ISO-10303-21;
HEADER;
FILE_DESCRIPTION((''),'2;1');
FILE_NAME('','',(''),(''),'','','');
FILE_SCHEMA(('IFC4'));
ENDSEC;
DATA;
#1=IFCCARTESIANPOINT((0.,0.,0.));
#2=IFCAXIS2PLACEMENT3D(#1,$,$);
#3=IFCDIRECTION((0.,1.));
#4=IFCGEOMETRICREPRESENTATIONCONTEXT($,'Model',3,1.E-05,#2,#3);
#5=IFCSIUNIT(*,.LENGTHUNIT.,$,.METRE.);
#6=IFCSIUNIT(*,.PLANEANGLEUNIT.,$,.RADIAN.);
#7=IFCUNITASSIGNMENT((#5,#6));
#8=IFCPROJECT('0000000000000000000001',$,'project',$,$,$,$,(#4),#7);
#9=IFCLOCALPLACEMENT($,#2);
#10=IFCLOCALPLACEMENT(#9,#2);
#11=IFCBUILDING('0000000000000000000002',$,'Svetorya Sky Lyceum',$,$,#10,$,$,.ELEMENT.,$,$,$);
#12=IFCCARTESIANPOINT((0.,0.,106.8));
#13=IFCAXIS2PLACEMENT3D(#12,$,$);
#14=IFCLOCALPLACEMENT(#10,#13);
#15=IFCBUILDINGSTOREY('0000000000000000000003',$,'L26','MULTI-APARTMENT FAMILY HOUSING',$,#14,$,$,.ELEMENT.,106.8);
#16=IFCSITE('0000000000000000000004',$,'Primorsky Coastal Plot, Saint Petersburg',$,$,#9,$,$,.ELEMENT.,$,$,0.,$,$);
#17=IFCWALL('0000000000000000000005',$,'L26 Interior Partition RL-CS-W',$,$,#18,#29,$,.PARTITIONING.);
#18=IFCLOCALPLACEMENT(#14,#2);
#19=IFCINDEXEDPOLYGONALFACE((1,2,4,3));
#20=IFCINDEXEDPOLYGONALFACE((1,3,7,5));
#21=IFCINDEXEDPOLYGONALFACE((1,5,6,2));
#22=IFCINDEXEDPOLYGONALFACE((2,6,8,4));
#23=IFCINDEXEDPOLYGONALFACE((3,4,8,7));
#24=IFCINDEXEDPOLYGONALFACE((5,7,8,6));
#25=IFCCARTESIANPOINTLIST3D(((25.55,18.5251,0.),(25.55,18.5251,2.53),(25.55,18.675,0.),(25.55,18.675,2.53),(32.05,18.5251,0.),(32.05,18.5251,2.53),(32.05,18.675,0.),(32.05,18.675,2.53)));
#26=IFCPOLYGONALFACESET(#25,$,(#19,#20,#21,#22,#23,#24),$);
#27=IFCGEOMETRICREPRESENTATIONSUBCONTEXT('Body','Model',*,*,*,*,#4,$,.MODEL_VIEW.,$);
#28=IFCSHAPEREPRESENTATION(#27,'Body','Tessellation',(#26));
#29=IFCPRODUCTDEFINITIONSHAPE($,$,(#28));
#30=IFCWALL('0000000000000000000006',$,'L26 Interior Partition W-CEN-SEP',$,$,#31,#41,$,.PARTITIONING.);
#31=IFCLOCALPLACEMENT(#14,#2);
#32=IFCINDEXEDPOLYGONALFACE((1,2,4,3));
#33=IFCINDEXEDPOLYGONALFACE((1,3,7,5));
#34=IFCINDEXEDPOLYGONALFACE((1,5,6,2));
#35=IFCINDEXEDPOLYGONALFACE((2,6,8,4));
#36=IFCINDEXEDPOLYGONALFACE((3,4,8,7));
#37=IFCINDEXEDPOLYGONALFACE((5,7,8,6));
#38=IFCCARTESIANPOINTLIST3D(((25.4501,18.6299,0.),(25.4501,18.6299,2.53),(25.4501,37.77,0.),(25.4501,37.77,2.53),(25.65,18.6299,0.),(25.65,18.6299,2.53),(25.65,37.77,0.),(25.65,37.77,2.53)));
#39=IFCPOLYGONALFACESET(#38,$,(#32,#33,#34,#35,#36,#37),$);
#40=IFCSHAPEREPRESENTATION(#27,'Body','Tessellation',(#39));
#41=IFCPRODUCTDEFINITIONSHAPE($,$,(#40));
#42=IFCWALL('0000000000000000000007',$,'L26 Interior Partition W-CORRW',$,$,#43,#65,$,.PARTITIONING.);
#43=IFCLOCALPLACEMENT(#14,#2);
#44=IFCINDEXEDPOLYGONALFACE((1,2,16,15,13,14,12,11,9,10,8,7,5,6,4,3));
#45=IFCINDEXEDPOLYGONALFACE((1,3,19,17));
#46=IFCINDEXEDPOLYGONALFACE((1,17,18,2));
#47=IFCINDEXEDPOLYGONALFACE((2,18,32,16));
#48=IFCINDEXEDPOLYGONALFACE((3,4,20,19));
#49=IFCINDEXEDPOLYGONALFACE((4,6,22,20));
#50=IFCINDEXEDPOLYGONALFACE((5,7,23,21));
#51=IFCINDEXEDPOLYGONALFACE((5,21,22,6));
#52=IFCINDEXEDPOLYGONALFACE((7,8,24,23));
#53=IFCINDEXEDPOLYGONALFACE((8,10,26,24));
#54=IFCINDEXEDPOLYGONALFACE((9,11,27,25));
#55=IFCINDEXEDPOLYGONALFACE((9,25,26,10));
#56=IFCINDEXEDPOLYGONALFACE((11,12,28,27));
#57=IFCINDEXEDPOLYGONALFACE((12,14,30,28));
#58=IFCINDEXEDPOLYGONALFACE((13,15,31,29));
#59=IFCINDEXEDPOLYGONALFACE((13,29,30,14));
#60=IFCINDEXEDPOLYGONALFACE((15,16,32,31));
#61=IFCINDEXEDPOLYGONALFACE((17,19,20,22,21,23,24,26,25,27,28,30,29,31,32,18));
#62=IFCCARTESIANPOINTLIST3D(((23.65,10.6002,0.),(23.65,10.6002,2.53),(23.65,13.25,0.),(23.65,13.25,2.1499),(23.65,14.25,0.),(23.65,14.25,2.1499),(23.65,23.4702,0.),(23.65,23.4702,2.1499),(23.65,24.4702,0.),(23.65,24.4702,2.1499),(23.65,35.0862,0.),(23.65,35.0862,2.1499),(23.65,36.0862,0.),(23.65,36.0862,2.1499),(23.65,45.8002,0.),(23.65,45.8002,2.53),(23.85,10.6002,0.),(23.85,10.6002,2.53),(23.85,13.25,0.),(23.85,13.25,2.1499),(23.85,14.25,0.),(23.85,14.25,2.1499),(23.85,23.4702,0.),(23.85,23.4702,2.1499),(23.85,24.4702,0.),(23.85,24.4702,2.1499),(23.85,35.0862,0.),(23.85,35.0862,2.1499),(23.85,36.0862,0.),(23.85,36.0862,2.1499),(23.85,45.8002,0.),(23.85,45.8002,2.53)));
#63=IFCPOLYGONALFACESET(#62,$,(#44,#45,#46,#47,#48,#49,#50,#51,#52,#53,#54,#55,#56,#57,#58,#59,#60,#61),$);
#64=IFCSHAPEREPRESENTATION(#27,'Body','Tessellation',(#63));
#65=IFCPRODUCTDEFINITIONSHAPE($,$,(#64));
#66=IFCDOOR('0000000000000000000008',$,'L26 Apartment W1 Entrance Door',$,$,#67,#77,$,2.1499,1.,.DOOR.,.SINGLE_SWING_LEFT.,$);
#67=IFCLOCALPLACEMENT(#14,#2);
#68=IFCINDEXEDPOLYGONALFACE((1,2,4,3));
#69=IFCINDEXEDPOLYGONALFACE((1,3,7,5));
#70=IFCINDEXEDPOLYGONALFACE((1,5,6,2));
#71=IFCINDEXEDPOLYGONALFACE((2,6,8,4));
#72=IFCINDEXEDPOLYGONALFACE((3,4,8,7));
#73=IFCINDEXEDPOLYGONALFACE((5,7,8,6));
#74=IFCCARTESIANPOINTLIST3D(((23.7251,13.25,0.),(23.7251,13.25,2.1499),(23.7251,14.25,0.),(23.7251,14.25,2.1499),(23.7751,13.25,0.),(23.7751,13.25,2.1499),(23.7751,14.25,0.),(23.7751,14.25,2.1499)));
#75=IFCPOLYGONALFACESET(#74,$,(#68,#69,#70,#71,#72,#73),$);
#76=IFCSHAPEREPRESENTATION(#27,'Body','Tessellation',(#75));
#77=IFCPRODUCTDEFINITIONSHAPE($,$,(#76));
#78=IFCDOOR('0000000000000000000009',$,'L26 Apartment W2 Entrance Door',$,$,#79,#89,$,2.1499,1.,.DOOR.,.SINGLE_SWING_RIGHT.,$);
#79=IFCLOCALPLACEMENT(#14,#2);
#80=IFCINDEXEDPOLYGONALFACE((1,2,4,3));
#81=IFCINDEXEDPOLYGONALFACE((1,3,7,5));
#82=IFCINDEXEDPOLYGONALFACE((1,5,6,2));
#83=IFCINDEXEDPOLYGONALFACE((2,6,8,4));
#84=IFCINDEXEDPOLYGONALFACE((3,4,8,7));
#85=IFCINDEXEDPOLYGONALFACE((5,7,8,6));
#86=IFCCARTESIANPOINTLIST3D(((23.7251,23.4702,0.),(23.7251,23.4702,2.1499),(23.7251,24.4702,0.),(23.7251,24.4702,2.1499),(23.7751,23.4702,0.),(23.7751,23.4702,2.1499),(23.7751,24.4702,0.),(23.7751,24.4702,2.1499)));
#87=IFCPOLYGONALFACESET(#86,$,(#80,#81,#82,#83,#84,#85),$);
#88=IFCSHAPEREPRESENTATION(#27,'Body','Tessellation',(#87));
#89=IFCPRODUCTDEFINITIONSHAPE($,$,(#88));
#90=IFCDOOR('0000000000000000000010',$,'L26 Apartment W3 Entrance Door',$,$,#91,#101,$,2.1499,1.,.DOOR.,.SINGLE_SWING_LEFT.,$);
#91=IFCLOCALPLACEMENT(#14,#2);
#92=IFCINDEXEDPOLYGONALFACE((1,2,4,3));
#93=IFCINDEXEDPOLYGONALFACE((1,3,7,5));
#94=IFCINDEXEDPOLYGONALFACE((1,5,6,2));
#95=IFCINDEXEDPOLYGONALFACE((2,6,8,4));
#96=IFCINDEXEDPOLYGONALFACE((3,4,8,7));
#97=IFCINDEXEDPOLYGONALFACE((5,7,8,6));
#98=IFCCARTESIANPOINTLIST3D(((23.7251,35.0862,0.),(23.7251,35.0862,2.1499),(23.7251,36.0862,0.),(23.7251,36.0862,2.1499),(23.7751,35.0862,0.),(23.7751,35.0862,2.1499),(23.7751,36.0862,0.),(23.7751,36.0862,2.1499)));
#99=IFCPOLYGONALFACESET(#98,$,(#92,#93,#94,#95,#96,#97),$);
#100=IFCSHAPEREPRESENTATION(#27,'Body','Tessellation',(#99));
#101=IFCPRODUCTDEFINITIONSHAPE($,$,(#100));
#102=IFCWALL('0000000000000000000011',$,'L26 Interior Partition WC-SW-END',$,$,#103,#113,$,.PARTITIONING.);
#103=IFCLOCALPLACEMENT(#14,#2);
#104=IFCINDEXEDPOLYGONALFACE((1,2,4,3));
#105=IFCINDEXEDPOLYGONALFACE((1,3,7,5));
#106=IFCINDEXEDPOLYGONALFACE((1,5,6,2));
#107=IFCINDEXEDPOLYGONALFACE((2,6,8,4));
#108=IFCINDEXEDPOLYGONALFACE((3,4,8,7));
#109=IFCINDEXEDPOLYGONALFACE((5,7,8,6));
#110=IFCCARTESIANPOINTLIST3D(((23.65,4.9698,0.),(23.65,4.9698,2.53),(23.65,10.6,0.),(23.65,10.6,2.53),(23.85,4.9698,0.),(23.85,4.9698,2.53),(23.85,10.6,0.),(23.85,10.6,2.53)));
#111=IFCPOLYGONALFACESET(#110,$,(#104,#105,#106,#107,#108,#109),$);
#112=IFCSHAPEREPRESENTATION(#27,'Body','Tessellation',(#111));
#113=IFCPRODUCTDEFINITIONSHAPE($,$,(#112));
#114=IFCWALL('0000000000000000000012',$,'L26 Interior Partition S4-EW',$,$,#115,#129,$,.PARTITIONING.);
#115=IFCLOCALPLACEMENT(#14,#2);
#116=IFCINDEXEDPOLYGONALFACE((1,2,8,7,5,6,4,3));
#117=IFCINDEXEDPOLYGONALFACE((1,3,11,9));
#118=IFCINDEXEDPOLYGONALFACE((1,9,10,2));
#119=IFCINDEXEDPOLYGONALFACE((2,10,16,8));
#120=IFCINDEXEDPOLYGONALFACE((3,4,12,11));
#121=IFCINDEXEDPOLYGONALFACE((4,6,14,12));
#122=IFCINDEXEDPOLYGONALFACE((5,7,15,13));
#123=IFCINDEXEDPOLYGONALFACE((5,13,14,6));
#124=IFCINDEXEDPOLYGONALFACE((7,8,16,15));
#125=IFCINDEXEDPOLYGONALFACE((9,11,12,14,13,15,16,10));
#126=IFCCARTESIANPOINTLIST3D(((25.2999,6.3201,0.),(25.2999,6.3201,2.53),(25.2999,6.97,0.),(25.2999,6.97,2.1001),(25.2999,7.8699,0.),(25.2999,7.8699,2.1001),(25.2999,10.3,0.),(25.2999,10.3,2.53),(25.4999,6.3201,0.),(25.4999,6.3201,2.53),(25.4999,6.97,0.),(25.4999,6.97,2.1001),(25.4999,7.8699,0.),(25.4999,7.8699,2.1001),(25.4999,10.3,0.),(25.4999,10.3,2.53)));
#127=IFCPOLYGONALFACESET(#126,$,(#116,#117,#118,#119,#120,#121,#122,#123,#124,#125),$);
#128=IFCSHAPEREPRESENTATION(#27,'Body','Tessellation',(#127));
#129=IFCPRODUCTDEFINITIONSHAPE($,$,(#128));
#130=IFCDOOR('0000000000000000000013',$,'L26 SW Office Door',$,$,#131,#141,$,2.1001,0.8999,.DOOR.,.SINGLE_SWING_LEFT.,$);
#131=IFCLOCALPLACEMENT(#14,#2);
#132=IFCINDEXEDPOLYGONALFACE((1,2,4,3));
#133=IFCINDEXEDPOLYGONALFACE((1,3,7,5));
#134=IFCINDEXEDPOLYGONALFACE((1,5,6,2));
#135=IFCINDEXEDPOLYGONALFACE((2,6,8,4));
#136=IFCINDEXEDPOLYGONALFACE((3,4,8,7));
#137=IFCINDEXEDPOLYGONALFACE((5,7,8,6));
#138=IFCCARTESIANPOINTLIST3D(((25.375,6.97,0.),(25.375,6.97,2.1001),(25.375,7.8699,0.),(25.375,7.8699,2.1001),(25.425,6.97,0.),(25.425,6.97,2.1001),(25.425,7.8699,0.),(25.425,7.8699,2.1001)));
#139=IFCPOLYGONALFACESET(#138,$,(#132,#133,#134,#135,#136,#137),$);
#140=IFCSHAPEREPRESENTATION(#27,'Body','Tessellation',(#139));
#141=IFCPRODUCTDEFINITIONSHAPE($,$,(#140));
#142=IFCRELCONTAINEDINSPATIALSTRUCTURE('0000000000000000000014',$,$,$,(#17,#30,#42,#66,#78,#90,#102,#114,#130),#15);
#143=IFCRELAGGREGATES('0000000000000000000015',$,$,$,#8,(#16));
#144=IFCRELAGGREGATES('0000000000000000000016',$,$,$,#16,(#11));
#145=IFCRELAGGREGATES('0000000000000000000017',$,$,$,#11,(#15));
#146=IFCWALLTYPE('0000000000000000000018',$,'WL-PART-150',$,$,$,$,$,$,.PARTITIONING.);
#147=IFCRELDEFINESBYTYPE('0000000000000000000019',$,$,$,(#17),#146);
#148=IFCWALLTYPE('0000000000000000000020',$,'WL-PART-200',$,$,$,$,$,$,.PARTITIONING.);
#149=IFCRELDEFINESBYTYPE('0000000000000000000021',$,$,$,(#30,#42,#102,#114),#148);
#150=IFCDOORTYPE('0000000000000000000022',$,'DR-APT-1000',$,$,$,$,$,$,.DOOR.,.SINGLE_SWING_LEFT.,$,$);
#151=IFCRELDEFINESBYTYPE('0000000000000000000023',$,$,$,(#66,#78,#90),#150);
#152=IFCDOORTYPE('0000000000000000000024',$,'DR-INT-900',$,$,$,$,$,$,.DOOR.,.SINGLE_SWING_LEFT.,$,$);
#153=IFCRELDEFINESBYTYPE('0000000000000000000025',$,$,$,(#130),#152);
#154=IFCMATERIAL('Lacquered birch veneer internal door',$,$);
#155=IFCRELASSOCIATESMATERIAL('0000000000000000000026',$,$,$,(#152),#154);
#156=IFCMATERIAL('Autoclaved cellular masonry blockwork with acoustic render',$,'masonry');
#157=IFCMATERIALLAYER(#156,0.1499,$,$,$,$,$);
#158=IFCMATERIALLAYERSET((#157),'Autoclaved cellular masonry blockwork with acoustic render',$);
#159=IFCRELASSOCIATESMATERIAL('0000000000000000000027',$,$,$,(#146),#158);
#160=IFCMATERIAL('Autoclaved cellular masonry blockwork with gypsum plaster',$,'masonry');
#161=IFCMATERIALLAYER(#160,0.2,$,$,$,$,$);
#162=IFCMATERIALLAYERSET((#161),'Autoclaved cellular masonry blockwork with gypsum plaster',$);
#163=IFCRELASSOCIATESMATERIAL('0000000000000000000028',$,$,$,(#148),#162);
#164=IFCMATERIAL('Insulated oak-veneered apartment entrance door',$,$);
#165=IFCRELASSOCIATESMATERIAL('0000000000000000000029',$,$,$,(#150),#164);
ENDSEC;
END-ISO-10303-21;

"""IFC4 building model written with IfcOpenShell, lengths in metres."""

from ifc_helpers import new_model, si_unit, direction, frame, frame_2d, origin, place, context, subcontext, project, spatial, rectangle, extrude, material, layer, layer_set, type_object, element, fill, save


model = new_model("IFC4")

# Units and contexts
model_context = context("Model", 3, precision=1e-05, world=origin(), true_north=direction((0.0, 1.0)))
body_context = subcontext(model_context, "Body", "Model", "MODEL_VIEW")
ifc_project = project(units=[si_unit("LENGTHUNIT", "METRE"), si_unit("PLANEANGLEUNIT", "RADIAN")], contexts=[model_context])

# Site, building, storey
site_placement = place(None, origin())
site = spatial("IfcSite", under=ifc_project, at=site_placement, Name="Primorsky Coastal Plot, Saint Petersburg", CompositionType="ELEMENT", RefElevation=0.0)
building_placement = place(site_placement, origin())
building = spatial("IfcBuilding", under=site, at=building_placement, Name="Svetorya Sky Lyceum", CompositionType="ELEMENT")
storey_placement = place(building_placement, frame((0.0, 0.0, 106.8)))
storey = spatial("IfcBuildingStorey", under=building, at=storey_placement, Name="L26", Description="MULTI-APARTMENT FAMILY HOUSING", CompositionType="ELEMENT", Elevation=106.8)

# Shared definitions
ifc_material_1 = material(Name="Lacquered birch veneer internal door")
door_type_1 = type_object("IfcDoorType", Name="DR-INT-900", OperationType="SINGLE_SWING_LEFT", PredefinedType="DOOR", material=ifc_material_1)

# Walls
ifc_material_2 = material(Name="Autoclaved cellular masonry blockwork with acoustic render", Category="masonry")
ifc_layer_1 = layer(ifc_material_2, 0.1499)
ifc_layer_set_1 = layer_set([ifc_layer_1], Name="Autoclaved cellular masonry blockwork with acoustic render")
wall_type_1 = type_object("IfcWallType", Name="WL-PART-150", PredefinedType="PARTITIONING", material=ifc_layer_set_1)
wall_1_placement = place(storey_placement, frame((25.55, 18.6001, 0.0), z_axis=(0.0, 0.0, 1.0), x_axis=(1.0, 0.0, 0.0)))
element("IfcWall", 1, at=wall_1_placement, inside=storey, type_object=wall_type_1, Name="L26 Interior Partition RL-CS-W", PredefinedType="PARTITIONING", context=body_context, shape_type="SweptSolid", body=[
    extrude(rectangle(XDim=6.5, YDim=0.1499, at=frame_2d((3.25, 0.0))), origin(), (0.0, 0.0, 1.0), 2.53),
])
ifc_material_3 = material(Name="Autoclaved cellular masonry blockwork with gypsum plaster", Category="masonry")
ifc_layer_2 = layer(ifc_material_3, 0.2)
ifc_layer_set_2 = layer_set([ifc_layer_2], Name="Autoclaved cellular masonry blockwork with gypsum plaster")
wall_type_2 = type_object("IfcWallType", Name="WL-PART-200", PredefinedType="PARTITIONING", material=ifc_layer_set_2)
wall_2_placement = place(storey_placement, frame((25.55, 18.6299, 0.0), z_axis=(0.0, 0.0, 1.0), x_axis=(0.0, 1.0, 0.0)))
element("IfcWall", 2, at=wall_2_placement, inside=storey, type_object=wall_type_2, Name="L26 Interior Partition W-CEN-SEP", PredefinedType="PARTITIONING", context=body_context, shape_type="SweptSolid", body=[
    extrude(rectangle(XDim=19.1401, YDim=0.2, at=frame_2d((9.5701, 0.0))), origin(), (0.0, 0.0, 1.0), 2.53),
])

# Wall, openings, doors
wall_3_placement = place(storey_placement, frame((23.75, 10.6001, 0.0), z_axis=(0.0, 0.0, 1.0), x_axis=(0.0, 1.0, 0.0)))
wall_3 = element("IfcWall", 3, at=wall_3_placement, inside=storey, type_object=wall_type_2, Name="L26 Interior Partition W-CORRW", PredefinedType="PARTITIONING", context=body_context, shape_type="SweptSolid", body=[
    extrude(rectangle(XDim=35.2, YDim=0.2, at=frame_2d((17.6001, 0.0))), origin(), (0.0, 0.0, 1.0), 2.53),
])
opening_1_placement = place(wall_3_placement, frame((2.6499, 0.0, 0.0)))
opening_1 = element("IfcOpeningElement", 4, at=opening_1_placement, cuts=wall_3, PredefinedType="OPENING", context=body_context, shape_type="SweptSolid", body=[
    extrude(rectangle(XDim=1.0, YDim=2.1499, at=frame_2d((0.5, 1.075))), frame((0.0, 0.1099, 0.0), z_axis=(0.0, -1.0, 0.0), x_axis=(1.0, 0.0, 0.0)), (0.0, 0.0, 1.0), 0.22),
])
opening_2_placement = place(wall_3_placement, frame((12.8701, 0.0, 0.0)))
opening_2 = element("IfcOpeningElement", 5, at=opening_2_placement, cuts=wall_3, PredefinedType="OPENING", context=body_context, shape_type="SweptSolid", body=[
    extrude(rectangle(XDim=1.0, YDim=2.1499, at=frame_2d((0.5, 1.075))), frame((0.0, 0.1099, 0.0), z_axis=(0.0, -1.0, 0.0), x_axis=(1.0, 0.0, 0.0)), (0.0, 0.0, 1.0), 0.22),
])
opening_3_placement = place(wall_3_placement, frame((24.4861, 0.0, 0.0)))
opening_3 = element("IfcOpeningElement", 6, at=opening_3_placement, cuts=wall_3, PredefinedType="OPENING", context=body_context, shape_type="SweptSolid", body=[
    extrude(rectangle(XDim=1.0, YDim=2.1499, at=frame_2d((0.5, 1.075))), frame((0.0, 0.1099, 0.0), z_axis=(0.0, -1.0, 0.0), x_axis=(1.0, 0.0, 0.0)), (0.0, 0.0, 1.0), 0.22),
])
ifc_material_4 = material(Name="Insulated oak-veneered apartment entrance door")
door_type_2 = type_object("IfcDoorType", Name="DR-APT-1000", OperationType="SINGLE_SWING_LEFT", PredefinedType="DOOR", material=ifc_material_4)
door_1_placement = place(opening_1_placement, origin())
door_1 = element("IfcDoor", 7, at=door_1_placement, inside=storey, type_object=door_type_2, Name="L26 Apartment W1 Entrance Door", OperationType="SINGLE_SWING_LEFT", OverallHeight=2.1499, OverallWidth=1.0, PredefinedType="DOOR", context=body_context, shape_type="SweptSolid", body=[
    extrude(rectangle(XDim=1.0, YDim=2.1499, at=frame_2d((0.5, 1.075))), frame((0.0, 0.0249, 0.0), z_axis=(0.0, -1.0, 0.0), x_axis=(1.0, 0.0, 0.0)), (0.0, 0.0, 1.0), 0.05),
])
fill(opening_1, door_1)
door_2_placement = place(opening_2_placement, origin())
door_2 = element("IfcDoor", 8, at=door_2_placement, inside=storey, type_object=door_type_2, Name="L26 Apartment W2 Entrance Door", OperationType="SINGLE_SWING_RIGHT", OverallHeight=2.1499, OverallWidth=1.0, PredefinedType="DOOR", context=body_context, shape_type="SweptSolid", body=[
    extrude(rectangle(XDim=1.0, YDim=2.1499, at=frame_2d((0.5, 1.075))), frame((0.0, 0.0249, 0.0), z_axis=(0.0, -1.0, 0.0), x_axis=(1.0, 0.0, 0.0)), (0.0, 0.0, 1.0), 0.05),
])
fill(opening_2, door_2)
door_3_placement = place(opening_3_placement, origin())
door_3 = element("IfcDoor", 9, at=door_3_placement, inside=storey, type_object=door_type_2, Name="L26 Apartment W3 Entrance Door", OperationType="SINGLE_SWING_LEFT", OverallHeight=2.1499, OverallWidth=1.0, PredefinedType="DOOR", context=body_context, shape_type="SweptSolid", body=[
    extrude(rectangle(XDim=1.0, YDim=2.1499, at=frame_2d((0.5, 1.075))), frame((0.0, 0.0249, 0.0), z_axis=(0.0, -1.0, 0.0), x_axis=(1.0, 0.0, 0.0)), (0.0, 0.0, 1.0), 0.05),
])
fill(opening_3, door_3)

# Wall
wall_4_placement = place(storey_placement, frame((23.75, 4.97, 0.0), z_axis=(0.0, 0.0, 1.0), x_axis=(0.0, 1.0, 0.0)))
element("IfcWall", 10, at=wall_4_placement, inside=storey, type_object=wall_type_2, Name="L26 Interior Partition WC-SW-END", PredefinedType="PARTITIONING", context=body_context, shape_type="SweptSolid", body=[
    extrude(rectangle(XDim=5.6301, YDim=0.2, at=frame_2d((2.8149, 0.0))), origin(), (0.0, 0.0, 1.0), 2.53),
])

# Wall, opening, door
wall_5_placement = place(storey_placement, frame((25.3999, 6.3201, 0.0), z_axis=(0.0, 0.0, 1.0), x_axis=(0.0, 1.0, 0.0)))
wall_5 = element("IfcWall", 11, at=wall_5_placement, inside=storey, type_object=wall_type_2, Name="L26 Interior Partition S4-EW", PredefinedType="PARTITIONING", context=body_context, shape_type="SweptSolid", body=[
    extrude(rectangle(XDim=3.98, YDim=0.2, at=frame_2d((1.99, 0.0))), origin(), (0.0, 0.0, 1.0), 2.53),
])
opening_4_placement = place(wall_5_placement, frame((0.6499, 0.0, 0.0)))
opening_4 = element("IfcOpeningElement", 12, at=opening_4_placement, cuts=wall_5, PredefinedType="OPENING", context=body_context, shape_type="SweptSolid", body=[
    extrude(rectangle(XDim=0.8999, YDim=2.1001, at=frame_2d((0.45, 1.05))), frame((0.0, 0.1099, 0.0), z_axis=(0.0, -1.0, 0.0), x_axis=(1.0, 0.0, 0.0)), (0.0, 0.0, 1.0), 0.22),
])
door_4_placement = place(opening_4_placement, origin())
door_4 = element("IfcDoor", 13, at=door_4_placement, inside=storey, type_object=door_type_1, Name="L26 SW Office Door", OperationType="SINGLE_SWING_LEFT", OverallHeight=2.1001, OverallWidth=0.8999, PredefinedType="DOOR", context=body_context, shape_type="SweptSolid", body=[
    extrude(rectangle(XDim=0.8999, YDim=2.1001, at=frame_2d((0.45, 1.05))), frame((0.0, 0.0249, 0.0), z_axis=(0.0, -1.0, 0.0), x_axis=(1.0, 0.0, 0.0)), (0.0, 0.0, 1.0), 0.05),
])
fill(opening_4, door_4)

save(model, "model.ifc")
